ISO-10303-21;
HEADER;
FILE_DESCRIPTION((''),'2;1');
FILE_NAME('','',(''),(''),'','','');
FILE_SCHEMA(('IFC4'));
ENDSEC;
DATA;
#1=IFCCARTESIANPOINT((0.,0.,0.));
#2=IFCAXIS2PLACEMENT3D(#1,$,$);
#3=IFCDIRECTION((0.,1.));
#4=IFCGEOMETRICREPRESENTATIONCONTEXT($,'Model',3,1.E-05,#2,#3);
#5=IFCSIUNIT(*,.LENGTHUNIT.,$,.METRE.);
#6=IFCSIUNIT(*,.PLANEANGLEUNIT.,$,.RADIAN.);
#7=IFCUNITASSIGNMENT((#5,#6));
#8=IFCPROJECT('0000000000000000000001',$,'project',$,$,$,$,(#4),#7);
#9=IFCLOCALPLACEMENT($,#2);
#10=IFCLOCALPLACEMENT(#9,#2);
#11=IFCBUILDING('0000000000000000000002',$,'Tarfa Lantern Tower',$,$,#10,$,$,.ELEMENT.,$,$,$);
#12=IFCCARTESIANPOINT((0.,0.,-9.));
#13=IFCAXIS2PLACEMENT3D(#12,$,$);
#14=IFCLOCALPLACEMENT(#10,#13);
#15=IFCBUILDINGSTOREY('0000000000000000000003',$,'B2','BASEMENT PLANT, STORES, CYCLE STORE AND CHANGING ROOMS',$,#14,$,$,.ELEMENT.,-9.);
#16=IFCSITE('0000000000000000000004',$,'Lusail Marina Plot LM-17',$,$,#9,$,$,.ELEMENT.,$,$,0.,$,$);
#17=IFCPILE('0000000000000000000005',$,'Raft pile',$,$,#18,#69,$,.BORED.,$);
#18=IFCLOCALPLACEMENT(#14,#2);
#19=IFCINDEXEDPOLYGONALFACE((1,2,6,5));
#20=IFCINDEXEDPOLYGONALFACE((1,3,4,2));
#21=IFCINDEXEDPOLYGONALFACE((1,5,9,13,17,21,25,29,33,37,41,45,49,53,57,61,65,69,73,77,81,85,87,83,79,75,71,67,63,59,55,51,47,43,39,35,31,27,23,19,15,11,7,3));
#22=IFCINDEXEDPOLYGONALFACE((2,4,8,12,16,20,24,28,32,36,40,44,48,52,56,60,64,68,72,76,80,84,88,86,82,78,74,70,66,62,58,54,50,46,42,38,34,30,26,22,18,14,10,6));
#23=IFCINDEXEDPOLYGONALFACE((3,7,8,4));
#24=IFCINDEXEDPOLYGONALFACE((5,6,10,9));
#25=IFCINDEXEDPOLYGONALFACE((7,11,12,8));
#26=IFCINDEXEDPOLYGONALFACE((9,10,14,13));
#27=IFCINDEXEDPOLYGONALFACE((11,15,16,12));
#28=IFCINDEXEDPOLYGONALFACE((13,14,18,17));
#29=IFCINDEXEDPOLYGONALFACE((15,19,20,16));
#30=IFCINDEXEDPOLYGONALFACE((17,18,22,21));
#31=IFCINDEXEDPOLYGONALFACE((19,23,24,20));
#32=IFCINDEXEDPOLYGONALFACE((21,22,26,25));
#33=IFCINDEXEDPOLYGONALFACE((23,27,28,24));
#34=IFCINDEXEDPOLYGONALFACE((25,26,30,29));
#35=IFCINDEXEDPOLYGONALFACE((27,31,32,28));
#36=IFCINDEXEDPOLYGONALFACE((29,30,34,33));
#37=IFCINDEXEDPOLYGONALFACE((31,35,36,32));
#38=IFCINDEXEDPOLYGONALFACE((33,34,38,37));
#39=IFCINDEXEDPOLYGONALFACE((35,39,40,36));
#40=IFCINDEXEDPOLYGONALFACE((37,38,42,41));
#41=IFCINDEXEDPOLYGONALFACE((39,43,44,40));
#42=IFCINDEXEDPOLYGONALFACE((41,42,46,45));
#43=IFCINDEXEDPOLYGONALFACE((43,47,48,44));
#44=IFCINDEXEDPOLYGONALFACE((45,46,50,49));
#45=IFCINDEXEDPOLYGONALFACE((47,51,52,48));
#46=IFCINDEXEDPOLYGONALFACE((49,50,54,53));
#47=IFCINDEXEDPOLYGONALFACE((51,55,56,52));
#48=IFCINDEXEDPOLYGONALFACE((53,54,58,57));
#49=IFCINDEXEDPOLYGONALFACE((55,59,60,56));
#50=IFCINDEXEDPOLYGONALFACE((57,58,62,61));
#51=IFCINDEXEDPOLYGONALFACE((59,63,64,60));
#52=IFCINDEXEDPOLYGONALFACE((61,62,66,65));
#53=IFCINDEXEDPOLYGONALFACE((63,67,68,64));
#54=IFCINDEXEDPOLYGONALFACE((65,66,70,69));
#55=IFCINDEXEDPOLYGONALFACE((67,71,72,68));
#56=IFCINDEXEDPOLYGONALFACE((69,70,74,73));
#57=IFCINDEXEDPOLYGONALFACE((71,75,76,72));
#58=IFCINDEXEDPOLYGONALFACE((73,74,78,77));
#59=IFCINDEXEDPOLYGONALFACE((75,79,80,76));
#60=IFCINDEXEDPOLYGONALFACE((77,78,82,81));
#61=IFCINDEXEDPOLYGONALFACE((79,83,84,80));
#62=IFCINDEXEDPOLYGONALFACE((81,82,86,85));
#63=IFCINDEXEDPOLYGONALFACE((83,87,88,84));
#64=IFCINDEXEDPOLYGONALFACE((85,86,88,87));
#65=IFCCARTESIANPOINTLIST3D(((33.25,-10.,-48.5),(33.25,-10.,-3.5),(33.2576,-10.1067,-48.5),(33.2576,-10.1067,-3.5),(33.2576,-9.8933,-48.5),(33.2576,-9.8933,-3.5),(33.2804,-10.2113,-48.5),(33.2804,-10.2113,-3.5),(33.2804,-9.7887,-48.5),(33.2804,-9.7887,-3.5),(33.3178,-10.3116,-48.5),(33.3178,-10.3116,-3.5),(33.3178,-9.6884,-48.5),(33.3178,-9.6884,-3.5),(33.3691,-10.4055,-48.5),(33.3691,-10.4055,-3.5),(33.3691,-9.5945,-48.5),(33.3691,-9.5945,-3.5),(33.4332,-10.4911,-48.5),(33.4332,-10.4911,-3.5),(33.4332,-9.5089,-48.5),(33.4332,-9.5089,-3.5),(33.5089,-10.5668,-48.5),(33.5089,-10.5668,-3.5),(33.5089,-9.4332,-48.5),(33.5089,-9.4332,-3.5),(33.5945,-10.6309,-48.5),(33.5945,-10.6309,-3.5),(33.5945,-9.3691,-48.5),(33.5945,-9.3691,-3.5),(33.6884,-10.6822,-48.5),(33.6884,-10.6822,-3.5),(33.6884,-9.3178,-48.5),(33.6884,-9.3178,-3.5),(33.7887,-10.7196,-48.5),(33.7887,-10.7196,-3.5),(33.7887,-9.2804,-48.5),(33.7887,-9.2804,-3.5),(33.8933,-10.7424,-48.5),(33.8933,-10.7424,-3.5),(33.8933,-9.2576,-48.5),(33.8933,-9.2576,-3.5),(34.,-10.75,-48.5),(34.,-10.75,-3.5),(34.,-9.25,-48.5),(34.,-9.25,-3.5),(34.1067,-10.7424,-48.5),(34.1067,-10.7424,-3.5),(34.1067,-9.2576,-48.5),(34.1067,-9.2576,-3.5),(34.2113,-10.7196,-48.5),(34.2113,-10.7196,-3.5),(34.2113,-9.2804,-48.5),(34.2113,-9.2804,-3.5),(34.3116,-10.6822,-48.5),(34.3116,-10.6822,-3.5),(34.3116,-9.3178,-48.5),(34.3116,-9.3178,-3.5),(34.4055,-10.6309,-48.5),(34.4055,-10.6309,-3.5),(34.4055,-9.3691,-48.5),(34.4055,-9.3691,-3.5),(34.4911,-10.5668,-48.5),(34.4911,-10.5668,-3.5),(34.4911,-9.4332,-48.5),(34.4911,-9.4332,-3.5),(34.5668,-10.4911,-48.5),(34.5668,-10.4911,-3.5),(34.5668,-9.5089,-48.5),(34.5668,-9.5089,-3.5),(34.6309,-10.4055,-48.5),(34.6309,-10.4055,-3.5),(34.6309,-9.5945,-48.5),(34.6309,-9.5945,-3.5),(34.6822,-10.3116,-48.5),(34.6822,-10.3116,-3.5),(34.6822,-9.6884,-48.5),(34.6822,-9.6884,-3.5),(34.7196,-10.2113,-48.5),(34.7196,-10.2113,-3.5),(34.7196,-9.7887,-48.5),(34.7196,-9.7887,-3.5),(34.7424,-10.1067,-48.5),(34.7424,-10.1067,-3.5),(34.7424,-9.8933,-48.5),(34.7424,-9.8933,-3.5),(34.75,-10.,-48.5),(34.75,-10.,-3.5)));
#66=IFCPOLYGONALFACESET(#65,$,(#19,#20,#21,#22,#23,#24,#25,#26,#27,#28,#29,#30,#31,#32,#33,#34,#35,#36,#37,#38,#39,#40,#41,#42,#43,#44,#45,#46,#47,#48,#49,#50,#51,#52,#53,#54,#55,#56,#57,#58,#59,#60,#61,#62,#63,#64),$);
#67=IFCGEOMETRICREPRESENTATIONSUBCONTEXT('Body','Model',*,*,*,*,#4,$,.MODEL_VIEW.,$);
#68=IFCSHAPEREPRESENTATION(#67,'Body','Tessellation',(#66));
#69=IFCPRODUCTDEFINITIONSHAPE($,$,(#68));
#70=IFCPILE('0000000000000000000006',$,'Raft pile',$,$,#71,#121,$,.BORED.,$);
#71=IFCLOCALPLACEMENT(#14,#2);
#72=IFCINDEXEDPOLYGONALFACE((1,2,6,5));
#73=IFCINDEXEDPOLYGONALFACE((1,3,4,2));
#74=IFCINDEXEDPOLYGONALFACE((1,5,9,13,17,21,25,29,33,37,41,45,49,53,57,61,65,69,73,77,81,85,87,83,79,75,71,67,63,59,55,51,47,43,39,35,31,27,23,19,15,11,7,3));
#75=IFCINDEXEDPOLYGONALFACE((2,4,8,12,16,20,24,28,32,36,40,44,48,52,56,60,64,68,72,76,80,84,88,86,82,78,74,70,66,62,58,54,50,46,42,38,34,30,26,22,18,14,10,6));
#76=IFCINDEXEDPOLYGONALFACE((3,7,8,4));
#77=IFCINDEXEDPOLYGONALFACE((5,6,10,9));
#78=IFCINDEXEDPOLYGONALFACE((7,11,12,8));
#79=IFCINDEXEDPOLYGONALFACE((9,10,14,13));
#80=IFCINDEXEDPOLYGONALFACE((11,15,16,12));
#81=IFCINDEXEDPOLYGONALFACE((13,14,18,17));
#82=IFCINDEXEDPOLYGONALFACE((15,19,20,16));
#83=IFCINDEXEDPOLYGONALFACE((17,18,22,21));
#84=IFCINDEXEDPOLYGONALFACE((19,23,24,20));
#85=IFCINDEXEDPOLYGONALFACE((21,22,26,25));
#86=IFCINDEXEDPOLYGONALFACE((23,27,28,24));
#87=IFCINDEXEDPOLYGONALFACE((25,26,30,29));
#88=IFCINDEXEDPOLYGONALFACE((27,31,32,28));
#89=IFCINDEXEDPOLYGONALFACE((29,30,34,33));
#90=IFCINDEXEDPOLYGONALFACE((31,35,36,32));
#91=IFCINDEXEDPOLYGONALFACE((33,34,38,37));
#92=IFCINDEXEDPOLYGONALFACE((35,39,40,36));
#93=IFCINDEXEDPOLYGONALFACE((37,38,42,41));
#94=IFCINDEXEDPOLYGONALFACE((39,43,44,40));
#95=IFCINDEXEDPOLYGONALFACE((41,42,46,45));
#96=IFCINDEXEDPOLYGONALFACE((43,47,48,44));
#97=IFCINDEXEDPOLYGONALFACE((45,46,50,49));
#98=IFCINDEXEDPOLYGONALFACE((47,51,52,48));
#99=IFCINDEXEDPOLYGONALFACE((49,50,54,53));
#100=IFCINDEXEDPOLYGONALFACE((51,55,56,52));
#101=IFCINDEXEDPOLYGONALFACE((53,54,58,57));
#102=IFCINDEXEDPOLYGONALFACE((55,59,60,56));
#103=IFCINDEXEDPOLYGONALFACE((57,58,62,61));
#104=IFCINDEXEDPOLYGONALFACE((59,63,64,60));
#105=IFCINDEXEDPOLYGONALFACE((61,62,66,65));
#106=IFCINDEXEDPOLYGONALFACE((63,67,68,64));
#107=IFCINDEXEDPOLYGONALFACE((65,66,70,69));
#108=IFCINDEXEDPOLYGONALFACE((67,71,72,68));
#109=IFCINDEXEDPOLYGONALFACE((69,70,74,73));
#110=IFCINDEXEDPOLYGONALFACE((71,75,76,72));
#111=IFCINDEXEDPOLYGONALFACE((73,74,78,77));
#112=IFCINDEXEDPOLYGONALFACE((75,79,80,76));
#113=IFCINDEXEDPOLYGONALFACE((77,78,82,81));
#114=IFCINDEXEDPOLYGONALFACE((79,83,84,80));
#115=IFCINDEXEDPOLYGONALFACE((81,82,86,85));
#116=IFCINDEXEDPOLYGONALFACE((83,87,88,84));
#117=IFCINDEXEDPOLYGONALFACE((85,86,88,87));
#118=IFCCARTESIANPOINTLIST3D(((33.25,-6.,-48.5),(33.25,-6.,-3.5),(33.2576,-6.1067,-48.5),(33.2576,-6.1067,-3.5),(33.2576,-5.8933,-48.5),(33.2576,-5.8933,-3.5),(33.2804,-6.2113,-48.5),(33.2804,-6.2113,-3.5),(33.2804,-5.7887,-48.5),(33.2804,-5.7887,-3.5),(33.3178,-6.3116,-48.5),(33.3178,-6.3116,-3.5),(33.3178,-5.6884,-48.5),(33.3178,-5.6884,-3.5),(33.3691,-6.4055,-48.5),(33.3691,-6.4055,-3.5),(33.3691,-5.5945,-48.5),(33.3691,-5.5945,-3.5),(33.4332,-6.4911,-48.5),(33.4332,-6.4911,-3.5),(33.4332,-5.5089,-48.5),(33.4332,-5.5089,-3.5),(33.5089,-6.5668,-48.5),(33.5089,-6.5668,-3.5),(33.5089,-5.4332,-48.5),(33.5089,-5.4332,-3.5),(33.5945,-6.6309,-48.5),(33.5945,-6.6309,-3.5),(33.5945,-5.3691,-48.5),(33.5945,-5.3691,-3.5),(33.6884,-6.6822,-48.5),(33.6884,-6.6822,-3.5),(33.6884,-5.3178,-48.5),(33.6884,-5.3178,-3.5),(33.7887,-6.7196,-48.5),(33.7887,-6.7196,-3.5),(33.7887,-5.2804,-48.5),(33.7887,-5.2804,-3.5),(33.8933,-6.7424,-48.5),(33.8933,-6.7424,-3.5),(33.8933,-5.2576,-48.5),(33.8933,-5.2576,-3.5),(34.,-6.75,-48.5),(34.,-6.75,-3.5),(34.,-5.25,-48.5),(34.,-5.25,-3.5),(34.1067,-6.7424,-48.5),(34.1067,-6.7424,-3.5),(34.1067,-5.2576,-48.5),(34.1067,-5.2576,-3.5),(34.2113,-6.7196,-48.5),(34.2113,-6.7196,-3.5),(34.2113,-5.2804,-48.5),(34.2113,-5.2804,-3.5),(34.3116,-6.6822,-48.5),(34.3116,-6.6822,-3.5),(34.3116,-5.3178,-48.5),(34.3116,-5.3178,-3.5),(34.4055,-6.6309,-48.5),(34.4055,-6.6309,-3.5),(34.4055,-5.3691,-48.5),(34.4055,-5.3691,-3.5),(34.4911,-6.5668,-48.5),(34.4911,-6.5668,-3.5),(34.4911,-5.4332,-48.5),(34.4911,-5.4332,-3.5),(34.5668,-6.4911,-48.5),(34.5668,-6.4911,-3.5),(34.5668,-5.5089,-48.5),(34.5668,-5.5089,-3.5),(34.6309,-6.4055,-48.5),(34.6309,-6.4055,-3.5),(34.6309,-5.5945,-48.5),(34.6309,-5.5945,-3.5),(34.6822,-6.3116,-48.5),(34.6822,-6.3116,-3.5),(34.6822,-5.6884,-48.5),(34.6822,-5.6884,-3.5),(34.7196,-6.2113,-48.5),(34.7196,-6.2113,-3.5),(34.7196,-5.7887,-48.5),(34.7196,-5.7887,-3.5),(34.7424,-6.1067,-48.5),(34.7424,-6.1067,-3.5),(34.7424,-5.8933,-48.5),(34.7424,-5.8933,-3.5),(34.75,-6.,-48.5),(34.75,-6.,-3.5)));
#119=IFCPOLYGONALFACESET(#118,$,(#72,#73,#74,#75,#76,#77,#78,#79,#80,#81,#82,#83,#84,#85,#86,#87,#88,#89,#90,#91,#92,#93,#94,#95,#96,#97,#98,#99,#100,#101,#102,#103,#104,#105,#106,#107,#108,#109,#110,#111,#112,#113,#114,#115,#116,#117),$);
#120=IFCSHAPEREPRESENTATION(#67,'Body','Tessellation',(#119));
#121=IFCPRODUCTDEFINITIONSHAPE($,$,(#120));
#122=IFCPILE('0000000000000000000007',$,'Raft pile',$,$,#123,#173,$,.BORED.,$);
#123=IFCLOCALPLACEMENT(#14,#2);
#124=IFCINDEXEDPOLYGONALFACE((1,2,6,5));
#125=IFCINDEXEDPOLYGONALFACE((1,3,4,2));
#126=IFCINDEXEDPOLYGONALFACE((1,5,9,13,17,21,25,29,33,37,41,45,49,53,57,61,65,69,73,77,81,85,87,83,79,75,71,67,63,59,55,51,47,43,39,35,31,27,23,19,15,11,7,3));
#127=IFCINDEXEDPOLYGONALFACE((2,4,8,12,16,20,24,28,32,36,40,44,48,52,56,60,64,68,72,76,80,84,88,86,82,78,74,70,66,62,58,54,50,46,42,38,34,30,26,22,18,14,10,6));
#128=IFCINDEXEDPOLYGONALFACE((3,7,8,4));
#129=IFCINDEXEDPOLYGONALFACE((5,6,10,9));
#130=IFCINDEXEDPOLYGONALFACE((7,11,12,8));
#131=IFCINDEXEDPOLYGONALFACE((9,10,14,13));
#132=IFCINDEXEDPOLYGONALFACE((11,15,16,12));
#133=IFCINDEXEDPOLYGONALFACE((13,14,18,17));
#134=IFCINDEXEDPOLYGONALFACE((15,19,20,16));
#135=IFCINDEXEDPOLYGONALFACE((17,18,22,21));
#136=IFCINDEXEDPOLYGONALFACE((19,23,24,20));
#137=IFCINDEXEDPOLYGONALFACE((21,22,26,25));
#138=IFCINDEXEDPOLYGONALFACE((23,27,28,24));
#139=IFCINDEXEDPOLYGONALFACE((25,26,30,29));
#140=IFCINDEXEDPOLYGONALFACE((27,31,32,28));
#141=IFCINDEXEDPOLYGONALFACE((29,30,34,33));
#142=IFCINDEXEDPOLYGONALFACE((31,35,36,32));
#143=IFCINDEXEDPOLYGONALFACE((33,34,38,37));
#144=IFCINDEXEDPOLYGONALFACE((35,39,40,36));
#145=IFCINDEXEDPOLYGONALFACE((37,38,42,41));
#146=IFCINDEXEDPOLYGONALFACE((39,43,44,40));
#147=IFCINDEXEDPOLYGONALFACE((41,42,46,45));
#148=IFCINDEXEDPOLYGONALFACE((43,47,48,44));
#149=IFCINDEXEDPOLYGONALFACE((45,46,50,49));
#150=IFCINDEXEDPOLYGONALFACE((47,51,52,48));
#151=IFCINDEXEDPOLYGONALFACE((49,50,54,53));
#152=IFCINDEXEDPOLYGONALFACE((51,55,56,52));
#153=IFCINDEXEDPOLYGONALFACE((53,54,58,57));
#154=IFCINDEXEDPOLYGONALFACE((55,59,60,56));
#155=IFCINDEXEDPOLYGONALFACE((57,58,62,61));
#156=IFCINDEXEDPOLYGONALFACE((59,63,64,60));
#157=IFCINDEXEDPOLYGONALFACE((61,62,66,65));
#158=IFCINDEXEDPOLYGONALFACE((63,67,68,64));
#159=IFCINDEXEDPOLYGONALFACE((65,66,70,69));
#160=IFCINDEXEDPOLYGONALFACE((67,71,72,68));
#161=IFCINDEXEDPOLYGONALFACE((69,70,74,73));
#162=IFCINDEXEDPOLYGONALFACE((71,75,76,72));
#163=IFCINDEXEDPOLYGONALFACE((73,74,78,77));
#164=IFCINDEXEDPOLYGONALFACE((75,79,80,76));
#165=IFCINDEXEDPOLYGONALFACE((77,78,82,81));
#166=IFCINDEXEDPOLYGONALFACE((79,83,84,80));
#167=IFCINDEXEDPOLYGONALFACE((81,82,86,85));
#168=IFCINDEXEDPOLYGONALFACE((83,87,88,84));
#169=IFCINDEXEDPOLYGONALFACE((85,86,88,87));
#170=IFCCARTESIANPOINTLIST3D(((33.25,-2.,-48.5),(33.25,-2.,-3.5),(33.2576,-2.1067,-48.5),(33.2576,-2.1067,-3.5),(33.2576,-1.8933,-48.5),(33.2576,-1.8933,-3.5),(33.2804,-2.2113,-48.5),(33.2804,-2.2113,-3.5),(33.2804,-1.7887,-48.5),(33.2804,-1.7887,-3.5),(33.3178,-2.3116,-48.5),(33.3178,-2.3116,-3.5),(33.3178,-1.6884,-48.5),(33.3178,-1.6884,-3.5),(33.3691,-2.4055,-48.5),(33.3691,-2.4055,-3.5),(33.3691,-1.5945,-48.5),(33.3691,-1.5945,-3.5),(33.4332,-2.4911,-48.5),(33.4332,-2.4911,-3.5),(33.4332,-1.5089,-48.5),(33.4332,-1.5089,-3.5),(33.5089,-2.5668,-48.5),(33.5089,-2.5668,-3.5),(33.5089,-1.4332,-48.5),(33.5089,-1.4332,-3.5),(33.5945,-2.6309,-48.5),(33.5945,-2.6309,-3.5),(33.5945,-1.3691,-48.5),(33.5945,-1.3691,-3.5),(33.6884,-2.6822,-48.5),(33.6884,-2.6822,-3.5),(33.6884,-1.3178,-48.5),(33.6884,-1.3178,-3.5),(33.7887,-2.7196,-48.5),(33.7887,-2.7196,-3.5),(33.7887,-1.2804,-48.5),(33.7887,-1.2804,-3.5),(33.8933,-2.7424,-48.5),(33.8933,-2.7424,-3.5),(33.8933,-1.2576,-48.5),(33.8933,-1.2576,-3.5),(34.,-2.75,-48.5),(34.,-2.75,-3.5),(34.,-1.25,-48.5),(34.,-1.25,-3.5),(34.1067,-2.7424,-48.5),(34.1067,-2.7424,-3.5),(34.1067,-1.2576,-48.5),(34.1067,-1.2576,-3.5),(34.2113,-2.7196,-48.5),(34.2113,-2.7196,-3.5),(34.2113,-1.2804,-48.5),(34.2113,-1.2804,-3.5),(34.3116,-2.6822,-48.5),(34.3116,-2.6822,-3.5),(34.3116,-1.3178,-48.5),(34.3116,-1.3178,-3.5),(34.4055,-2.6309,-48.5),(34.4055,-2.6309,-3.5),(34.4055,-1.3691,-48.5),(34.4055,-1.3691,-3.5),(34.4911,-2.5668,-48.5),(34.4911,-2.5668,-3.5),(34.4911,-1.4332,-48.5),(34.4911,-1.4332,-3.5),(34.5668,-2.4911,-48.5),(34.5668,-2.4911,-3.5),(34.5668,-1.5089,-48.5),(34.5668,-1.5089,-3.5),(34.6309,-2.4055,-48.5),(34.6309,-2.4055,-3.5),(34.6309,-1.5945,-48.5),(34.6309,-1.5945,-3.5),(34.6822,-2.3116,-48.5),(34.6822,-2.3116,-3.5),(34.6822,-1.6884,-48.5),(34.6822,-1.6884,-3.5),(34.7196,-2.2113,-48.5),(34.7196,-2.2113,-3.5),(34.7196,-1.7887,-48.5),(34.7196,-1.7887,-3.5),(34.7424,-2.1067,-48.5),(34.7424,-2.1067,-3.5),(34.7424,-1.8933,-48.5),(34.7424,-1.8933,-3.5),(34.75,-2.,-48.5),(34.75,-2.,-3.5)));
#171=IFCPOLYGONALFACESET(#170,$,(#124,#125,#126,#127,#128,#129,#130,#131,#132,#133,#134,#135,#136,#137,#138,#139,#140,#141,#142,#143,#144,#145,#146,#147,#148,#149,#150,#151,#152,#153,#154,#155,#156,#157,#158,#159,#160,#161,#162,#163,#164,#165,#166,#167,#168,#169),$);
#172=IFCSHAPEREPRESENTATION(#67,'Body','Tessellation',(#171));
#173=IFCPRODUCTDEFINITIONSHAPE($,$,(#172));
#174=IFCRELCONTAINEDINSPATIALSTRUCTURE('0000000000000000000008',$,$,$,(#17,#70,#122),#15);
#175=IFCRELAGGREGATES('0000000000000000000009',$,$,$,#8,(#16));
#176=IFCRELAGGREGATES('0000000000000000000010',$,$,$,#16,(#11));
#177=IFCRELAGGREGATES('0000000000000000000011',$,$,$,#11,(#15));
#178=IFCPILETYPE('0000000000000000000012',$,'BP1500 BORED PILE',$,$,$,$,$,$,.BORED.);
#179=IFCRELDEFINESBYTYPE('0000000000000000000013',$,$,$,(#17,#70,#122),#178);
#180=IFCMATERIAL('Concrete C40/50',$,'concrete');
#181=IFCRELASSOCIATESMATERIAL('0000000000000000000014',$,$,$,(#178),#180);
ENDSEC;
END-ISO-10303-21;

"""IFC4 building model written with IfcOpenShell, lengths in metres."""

from ifc_helpers import new_model, si_unit, direction, frame, origin, origin_2d, place, context, subcontext, project, spatial, circle, extrude, material, material_profile, profile_set, type_object, element, save


model = new_model("IFC4")

# Units and contexts
model_context = context("Model", 3, precision=1e-05, world=origin(), true_north=direction((0.0, 1.0)))
body_context = subcontext(model_context, "Body", "Model", "MODEL_VIEW")
ifc_project = project(units=[si_unit("LENGTHUNIT", "METRE"), si_unit("PLANEANGLEUNIT", "RADIAN")], contexts=[model_context])

# Site, building, storey
site_placement = place(None, origin())
site = spatial("IfcSite", under=ifc_project, at=site_placement, Name="Lusail Marina Plot LM-17", CompositionType="ELEMENT", RefElevation=0.0)
building_placement = place(site_placement, origin())
building = spatial("IfcBuilding", under=site, at=building_placement, Name="Tarfa Lantern Tower", CompositionType="ELEMENT")
storey_placement = place(building_placement, frame((0.0, 0.0, -9.0)))
storey = spatial("IfcBuildingStorey", under=building, at=storey_placement, Name="B2", Description="BASEMENT PLANT, STORES, CYCLE STORE AND CHANGING ROOMS", CompositionType="ELEMENT", Elevation=-9.0)

# Piles
ifc_material_1 = material(Name="Concrete C40/50", Category="concrete")
ifc_material_profile_1 = material_profile(ifc_material_1, circle(Radius=0.75, at=origin_2d()), Name="BORED PILE D1500")
ifc_profile_set_1 = profile_set([ifc_material_profile_1], Name="Concrete C40/50")
pile_type_1 = type_object("IfcPileType", Name="BP1500 BORED PILE", PredefinedType="BORED", material=ifc_profile_set_1)
for number, where, z_axis, x_axis, name in (
    (1, (34.0, -10.0, -3.5), (0.0, 0.0, -1.0), (1.0, 0.0, 0.0), "Raft pile"),
    (2, (34.0, -6.0, -3.5), (0.0, 0.0, -1.0), (1.0, 0.0, 0.0), "Raft pile"),
    (3, (34.0, -2.0, -3.5), (0.0, 0.0, -1.0), (1.0, 0.0, 0.0), "Raft pile"),
):
    element("IfcPile", number, at=place(storey_placement, frame(where, z_axis=z_axis, x_axis=x_axis)), inside=storey, type_object=pile_type_1, Name=name, PredefinedType="BORED", context=body_context, shape_type="SweptSolid", body=[
        extrude(circle(Radius=0.75, at=origin_2d()), origin(), (0.0, 0.0, 1.0), 45.0),
    ])

save(model, "model.ifc")
